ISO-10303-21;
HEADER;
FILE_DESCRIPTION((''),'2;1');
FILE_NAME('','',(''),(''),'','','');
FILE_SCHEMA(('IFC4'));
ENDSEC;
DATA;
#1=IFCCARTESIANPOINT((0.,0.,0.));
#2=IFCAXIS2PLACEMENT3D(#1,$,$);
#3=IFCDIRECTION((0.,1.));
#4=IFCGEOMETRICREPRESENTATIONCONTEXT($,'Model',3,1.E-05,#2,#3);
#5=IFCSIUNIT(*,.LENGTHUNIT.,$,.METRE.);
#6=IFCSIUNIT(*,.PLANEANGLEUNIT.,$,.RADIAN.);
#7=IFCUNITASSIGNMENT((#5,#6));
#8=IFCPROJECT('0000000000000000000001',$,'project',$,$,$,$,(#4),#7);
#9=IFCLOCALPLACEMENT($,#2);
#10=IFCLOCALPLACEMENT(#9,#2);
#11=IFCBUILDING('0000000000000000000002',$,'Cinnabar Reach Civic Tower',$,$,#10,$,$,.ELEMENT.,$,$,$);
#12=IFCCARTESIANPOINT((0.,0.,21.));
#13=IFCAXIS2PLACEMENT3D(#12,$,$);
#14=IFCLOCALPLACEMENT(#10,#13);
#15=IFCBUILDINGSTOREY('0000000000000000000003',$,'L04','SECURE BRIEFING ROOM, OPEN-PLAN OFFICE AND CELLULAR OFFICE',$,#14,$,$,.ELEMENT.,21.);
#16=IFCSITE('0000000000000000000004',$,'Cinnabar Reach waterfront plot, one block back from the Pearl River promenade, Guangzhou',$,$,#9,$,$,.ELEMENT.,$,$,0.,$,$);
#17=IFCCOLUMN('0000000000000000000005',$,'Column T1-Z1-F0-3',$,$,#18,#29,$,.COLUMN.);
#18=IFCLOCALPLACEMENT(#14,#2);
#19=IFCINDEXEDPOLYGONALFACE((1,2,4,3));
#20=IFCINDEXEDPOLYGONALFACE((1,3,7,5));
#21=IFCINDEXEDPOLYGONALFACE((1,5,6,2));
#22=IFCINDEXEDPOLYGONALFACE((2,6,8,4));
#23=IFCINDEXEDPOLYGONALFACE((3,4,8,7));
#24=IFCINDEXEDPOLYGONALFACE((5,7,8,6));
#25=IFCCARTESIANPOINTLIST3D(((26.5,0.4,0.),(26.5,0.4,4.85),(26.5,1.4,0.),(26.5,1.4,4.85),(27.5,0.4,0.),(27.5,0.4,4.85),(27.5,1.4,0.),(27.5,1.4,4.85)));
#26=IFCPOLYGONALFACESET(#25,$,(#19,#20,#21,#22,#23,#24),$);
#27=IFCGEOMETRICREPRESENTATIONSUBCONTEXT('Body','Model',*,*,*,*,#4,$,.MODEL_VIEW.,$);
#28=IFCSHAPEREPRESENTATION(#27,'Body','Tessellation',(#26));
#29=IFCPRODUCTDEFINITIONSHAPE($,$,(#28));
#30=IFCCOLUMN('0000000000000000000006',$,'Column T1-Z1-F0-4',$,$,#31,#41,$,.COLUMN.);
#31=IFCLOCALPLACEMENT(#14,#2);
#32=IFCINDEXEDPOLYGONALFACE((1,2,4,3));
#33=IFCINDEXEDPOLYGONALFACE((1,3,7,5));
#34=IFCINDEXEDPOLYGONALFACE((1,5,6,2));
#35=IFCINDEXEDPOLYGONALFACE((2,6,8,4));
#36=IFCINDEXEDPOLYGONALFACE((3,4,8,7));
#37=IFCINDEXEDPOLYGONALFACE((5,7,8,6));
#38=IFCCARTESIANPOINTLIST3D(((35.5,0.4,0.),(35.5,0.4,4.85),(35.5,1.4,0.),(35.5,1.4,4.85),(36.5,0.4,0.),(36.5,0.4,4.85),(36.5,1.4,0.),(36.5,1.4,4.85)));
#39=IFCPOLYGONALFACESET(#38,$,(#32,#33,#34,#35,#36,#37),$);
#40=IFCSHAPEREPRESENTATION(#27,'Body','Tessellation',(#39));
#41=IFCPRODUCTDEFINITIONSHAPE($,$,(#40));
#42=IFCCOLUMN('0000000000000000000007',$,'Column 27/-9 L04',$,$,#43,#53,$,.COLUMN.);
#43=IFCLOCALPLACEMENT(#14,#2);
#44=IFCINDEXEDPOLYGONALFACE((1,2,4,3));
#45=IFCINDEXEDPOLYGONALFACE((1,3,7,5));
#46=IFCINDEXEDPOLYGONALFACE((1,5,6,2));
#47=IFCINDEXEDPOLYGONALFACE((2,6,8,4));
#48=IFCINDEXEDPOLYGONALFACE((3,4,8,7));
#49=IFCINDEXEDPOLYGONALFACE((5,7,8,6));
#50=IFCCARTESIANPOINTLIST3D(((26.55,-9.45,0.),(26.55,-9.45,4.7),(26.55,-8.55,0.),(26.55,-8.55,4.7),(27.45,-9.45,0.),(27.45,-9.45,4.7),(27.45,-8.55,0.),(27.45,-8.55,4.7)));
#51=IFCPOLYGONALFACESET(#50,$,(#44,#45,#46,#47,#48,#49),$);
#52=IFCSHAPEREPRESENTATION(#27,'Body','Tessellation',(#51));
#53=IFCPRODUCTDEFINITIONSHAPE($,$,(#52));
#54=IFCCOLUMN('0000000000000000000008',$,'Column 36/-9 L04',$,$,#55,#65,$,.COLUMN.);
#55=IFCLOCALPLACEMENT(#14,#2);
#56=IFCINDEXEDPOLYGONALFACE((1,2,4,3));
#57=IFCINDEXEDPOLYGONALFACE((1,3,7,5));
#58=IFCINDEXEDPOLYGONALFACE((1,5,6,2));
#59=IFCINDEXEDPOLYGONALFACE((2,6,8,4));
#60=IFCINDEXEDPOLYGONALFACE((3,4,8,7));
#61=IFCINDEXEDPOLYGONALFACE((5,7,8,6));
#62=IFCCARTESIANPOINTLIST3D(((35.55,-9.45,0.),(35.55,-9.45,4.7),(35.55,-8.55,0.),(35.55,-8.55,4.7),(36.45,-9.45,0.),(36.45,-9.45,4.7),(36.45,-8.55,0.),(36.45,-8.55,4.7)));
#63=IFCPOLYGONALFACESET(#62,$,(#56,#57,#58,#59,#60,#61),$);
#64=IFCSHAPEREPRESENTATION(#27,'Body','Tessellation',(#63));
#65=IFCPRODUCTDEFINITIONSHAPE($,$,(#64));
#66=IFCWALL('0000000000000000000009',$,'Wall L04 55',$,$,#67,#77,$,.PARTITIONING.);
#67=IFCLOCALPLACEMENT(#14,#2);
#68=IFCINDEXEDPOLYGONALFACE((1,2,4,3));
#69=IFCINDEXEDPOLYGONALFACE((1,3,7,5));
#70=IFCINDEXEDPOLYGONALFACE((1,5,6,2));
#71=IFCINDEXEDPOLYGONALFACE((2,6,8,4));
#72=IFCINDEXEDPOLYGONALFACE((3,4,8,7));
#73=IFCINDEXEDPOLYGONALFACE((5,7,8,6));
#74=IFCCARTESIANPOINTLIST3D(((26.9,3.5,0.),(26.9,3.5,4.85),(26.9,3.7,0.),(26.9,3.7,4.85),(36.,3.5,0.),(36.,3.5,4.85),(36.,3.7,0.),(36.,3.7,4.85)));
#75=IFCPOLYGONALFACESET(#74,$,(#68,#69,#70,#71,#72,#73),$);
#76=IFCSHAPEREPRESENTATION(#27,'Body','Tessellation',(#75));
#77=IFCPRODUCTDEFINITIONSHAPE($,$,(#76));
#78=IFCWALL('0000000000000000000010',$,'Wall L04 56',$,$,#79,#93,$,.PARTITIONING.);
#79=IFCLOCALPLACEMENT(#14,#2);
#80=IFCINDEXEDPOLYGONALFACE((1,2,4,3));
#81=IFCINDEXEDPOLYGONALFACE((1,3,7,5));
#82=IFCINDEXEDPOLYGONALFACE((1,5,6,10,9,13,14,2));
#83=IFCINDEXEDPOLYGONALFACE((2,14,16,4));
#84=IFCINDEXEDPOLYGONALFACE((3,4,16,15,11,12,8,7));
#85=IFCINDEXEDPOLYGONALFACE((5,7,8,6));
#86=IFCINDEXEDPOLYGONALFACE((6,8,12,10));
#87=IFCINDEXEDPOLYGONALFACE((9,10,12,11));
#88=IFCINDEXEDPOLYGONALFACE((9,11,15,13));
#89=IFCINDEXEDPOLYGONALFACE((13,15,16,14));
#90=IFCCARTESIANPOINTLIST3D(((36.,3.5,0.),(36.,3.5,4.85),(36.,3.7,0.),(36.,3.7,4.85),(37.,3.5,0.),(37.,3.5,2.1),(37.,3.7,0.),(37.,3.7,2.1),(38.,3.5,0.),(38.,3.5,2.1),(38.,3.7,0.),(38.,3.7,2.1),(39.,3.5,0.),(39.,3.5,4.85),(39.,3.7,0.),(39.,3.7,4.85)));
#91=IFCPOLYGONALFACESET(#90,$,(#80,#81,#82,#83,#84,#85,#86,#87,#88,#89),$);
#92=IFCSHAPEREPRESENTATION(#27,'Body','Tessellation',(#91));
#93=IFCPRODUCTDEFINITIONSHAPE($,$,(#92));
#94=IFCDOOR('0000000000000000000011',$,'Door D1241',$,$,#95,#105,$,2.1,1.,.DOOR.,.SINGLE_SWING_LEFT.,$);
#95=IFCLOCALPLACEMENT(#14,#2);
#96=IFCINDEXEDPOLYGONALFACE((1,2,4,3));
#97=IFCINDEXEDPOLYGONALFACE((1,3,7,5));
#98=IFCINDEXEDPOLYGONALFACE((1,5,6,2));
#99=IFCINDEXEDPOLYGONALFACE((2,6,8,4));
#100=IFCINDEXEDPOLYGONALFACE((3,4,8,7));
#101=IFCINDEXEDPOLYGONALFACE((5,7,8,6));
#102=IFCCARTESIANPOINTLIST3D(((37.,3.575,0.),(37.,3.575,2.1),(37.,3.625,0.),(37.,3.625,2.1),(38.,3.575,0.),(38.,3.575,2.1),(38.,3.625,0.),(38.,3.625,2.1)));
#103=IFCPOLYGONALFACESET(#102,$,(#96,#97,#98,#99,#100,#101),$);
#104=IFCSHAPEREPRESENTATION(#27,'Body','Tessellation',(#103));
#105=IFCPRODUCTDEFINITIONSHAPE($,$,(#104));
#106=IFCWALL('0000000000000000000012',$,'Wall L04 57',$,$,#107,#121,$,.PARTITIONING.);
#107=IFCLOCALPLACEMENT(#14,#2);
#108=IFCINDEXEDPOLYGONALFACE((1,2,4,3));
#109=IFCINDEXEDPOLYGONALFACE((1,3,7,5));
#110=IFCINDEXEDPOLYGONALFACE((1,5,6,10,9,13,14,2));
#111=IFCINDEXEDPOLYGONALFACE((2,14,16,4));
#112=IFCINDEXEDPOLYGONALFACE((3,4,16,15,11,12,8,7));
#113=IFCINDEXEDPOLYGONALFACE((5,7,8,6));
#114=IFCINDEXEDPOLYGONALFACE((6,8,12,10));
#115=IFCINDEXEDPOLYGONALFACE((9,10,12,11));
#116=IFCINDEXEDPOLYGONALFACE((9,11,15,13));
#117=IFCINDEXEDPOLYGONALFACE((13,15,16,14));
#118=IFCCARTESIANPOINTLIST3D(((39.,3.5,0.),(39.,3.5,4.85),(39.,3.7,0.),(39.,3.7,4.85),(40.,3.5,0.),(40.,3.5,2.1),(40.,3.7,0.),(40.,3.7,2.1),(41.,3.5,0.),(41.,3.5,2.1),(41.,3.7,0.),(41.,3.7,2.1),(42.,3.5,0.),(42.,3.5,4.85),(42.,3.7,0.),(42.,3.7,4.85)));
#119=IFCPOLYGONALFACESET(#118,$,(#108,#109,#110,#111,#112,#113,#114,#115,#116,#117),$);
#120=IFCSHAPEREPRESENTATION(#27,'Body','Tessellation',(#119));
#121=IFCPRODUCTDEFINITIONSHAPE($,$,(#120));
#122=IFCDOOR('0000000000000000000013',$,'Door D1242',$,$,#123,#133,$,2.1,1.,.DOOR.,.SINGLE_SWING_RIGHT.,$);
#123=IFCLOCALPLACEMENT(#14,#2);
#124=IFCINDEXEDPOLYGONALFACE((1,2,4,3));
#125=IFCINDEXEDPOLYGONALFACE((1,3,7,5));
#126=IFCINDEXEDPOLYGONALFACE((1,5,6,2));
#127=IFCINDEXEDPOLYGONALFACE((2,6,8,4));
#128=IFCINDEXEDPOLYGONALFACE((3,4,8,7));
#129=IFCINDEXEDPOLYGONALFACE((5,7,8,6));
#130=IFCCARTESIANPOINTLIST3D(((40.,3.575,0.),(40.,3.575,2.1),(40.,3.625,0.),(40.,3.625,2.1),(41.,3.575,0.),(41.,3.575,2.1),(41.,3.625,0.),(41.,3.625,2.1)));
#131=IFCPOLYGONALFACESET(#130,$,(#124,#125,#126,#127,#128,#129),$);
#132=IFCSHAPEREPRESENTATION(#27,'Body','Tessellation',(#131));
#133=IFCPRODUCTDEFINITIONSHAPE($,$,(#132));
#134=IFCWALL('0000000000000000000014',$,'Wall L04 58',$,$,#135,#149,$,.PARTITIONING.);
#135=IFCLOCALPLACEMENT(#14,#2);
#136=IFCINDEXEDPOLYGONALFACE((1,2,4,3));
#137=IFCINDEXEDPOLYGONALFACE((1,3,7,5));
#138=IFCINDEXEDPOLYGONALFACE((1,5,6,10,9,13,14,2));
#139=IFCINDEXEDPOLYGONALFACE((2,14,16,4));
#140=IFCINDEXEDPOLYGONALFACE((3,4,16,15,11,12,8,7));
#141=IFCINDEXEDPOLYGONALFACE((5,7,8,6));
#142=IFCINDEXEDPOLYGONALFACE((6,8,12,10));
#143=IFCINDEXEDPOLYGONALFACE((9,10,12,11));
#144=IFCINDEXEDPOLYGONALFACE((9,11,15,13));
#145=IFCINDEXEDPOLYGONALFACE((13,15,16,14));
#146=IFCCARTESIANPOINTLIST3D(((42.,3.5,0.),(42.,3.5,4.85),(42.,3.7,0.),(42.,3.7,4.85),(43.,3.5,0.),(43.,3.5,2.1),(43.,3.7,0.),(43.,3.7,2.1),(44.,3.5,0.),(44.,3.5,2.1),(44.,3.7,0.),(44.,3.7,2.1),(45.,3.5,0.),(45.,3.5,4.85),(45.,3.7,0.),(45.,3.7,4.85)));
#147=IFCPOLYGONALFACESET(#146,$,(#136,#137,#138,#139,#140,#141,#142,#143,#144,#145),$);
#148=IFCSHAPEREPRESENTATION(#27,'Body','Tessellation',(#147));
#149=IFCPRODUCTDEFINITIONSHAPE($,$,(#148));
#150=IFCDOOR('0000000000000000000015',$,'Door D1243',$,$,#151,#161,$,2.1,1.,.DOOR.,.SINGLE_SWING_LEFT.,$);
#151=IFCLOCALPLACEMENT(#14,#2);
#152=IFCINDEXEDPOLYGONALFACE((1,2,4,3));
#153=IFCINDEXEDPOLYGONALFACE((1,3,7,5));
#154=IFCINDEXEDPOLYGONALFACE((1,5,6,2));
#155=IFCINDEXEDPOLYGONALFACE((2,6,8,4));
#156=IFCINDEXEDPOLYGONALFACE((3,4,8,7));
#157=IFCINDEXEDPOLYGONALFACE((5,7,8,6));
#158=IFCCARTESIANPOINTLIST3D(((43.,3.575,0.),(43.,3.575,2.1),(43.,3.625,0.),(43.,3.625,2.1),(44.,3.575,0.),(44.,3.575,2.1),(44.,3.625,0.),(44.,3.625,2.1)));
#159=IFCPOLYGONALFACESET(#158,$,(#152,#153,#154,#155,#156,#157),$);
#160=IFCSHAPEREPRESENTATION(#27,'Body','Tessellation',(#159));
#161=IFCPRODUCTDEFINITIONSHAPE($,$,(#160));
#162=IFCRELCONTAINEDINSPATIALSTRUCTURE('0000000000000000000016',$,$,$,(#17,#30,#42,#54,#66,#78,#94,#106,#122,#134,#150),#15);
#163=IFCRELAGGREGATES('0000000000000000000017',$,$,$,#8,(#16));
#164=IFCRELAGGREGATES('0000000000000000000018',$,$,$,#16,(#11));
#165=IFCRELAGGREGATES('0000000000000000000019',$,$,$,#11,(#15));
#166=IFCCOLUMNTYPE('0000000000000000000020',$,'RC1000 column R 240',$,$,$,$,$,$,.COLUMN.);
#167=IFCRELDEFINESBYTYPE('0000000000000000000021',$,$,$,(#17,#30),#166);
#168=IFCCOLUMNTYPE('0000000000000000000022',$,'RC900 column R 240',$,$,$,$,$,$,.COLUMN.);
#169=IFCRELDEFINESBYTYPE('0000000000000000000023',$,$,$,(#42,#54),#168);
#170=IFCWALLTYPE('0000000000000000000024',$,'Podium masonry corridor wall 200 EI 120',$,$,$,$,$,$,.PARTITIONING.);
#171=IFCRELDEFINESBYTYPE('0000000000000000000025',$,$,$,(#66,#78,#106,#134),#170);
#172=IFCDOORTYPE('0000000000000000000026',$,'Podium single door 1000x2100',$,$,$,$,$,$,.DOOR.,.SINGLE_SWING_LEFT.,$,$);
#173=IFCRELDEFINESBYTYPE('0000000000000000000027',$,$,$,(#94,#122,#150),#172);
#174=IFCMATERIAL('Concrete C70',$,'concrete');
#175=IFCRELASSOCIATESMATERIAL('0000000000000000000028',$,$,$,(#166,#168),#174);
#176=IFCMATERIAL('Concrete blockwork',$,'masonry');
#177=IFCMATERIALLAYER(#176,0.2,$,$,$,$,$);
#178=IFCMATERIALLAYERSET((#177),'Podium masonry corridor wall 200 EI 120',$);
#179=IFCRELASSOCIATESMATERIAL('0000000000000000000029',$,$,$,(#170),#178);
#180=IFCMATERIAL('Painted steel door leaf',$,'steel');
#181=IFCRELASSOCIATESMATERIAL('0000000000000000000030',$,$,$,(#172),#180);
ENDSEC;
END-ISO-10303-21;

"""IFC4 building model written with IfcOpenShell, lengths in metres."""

from ifc_helpers import new_model, si_unit, direction, frame, frame_2d, origin, origin_2d, place, context, subcontext, project, spatial, rectangle, extrude, material, layer, layer_set, material_profile, profile_set, type_object, element, fill, save


model = new_model("IFC4")

# Units and contexts
model_context = context("Model", 3, precision=1e-05, world=origin(), true_north=direction((0.0, 1.0)))
body_context = subcontext(model_context, "Body", "Model", "MODEL_VIEW")
ifc_project = project(units=[si_unit("LENGTHUNIT", "METRE"), si_unit("PLANEANGLEUNIT", "RADIAN")], contexts=[model_context])

# Site, building, storey
site_placement = place(None, origin())
site = spatial("IfcSite", under=ifc_project, at=site_placement, Name="Cinnabar Reach waterfront plot, one block back from the Pearl River promenade, Guangzhou", CompositionType="ELEMENT", RefElevation=0.0)
building_placement = place(site_placement, origin())
building = spatial("IfcBuilding", under=site, at=building_placement, Name="Cinnabar Reach Civic Tower", CompositionType="ELEMENT")
storey_placement = place(building_placement, frame((0.0, 0.0, 21.0)))
storey = spatial("IfcBuildingStorey", under=building, at=storey_placement, Name="L04", Description="SECURE BRIEFING ROOM, OPEN-PLAN OFFICE AND CELLULAR OFFICE", CompositionType="ELEMENT", Elevation=21.0)

# Columns
ifc_material_1 = material(Name="Concrete C70", Category="concrete")
ifc_material_profile_1 = material_profile(ifc_material_1, rectangle(XDim=1.0, YDim=1.0, at=origin_2d()), Name="RC1000")
ifc_profile_set_1 = profile_set([ifc_material_profile_1], Name="Concrete C70")
column_type_1 = type_object("IfcColumnType", Name="RC1000 column R 240", PredefinedType="COLUMN", material=ifc_profile_set_1)
for number, where, z_axis, x_axis, name in (
    (1, (27.0, 0.9, 0.0), (0.0, 0.0, 1.0), (1.0, 0.0, 0.0), "Column T1-Z1-F0-3"),
    (2, (36.0, 0.9, 0.0), (0.0, 0.0, 1.0), (1.0, 0.0, 0.0), "Column T1-Z1-F0-4"),
):
    element("IfcColumn", number, at=place(storey_placement, frame(where, z_axis=z_axis, x_axis=x_axis)), inside=storey, type_object=column_type_1, Name=name, PredefinedType="COLUMN", context=body_context, shape_type="SweptSolid", body=[
        extrude(rectangle(XDim=1.0, YDim=1.0, at=origin_2d()), origin(), (0.0, 0.0, 1.0), 4.85),
    ])
ifc_material_profile_2 = material_profile(ifc_material_1, rectangle(XDim=0.9, YDim=0.9, at=origin_2d()), Name="RC900")
ifc_profile_set_2 = profile_set([ifc_material_profile_2], Name="Concrete C70")
column_type_2 = type_object("IfcColumnType", Name="RC900 column R 240", PredefinedType="COLUMN", material=ifc_profile_set_2)
for number, where, z_axis, x_axis, name in (
    (3, (27.0, -9.0, 0.0), (0.0, 0.0, 1.0), (1.0, 0.0, 0.0), "Column 27/-9 L04"),
    (4, (36.0, -9.0, 0.0), (0.0, 0.0, 1.0), (1.0, 0.0, 0.0), "Column 36/-9 L04"),
):
    element("IfcColumn", number, at=place(storey_placement, frame(where, z_axis=z_axis, x_axis=x_axis)), inside=storey, type_object=column_type_2, Name=name, PredefinedType="COLUMN", context=body_context, shape_type="SweptSolid", body=[
        extrude(rectangle(XDim=0.9, YDim=0.9, at=origin_2d()), origin(), (0.0, 0.0, 1.0), 4.7),
    ])

# Wall
ifc_material_2 = material(Name="Concrete blockwork", Category="masonry")
ifc_layer_1 = layer(ifc_material_2, 0.2)
ifc_layer_set_1 = layer_set([ifc_layer_1], Name="Podium masonry corridor wall 200 EI 120")
wall_type_1 = type_object("IfcWallType", Name="Podium masonry corridor wall 200 EI 120", PredefinedType="PARTITIONING", material=ifc_layer_set_1)
wall_1_placement = place(storey_placement, frame((26.9, 3.6, 0.0), z_axis=(0.0, 0.0, 1.0), x_axis=(1.0, 0.0, 0.0)))
element("IfcWall", 5, at=wall_1_placement, inside=storey, type_object=wall_type_1, Name="Wall L04 55", PredefinedType="PARTITIONING", context=body_context, shape_type="SweptSolid", body=[
    extrude(rectangle(XDim=9.1, YDim=0.2, at=frame_2d((4.55, 0.0))), origin(), (0.0, 0.0, 1.0), 4.85),
])

# Walls, openings, doors
wall_2_placement = place(storey_placement, frame((36.0, 3.6, 0.0), z_axis=(0.0, 0.0, 1.0), x_axis=(1.0, 0.0, 0.0)))
wall_2 = element("IfcWall", 6, at=wall_2_placement, inside=storey, type_object=wall_type_1, Name="Wall L04 56", PredefinedType="PARTITIONING", context=body_context, shape_type="SweptSolid", body=[
    extrude(rectangle(XDim=3.0, YDim=0.2, at=frame_2d((1.5, 0.0))), origin(), (0.0, 0.0, 1.0), 4.85),
])
opening_1_placement = place(wall_2_placement, frame((1.0, 0.0, 0.0)))
opening_1 = element("IfcOpeningElement", 7, at=opening_1_placement, cuts=wall_2, PredefinedType="OPENING", context=body_context, shape_type="SweptSolid", body=[
    extrude(rectangle(XDim=1.0, YDim=2.1, at=frame_2d((0.5, 1.05))), frame((0.0, 0.11, 0.0), z_axis=(0.0, -1.0, 0.0), x_axis=(1.0, 0.0, 0.0)), (0.0, 0.0, 1.0), 0.22),
])
ifc_material_3 = material(Name="Painted steel door leaf", Category="steel")
door_type = type_object("IfcDoorType", Name="Podium single door 1000x2100", OperationType="SINGLE_SWING_LEFT", PredefinedType="DOOR", material=ifc_material_3)
door_1_placement = place(opening_1_placement, origin())
door_1 = element("IfcDoor", 8, at=door_1_placement, inside=storey, type_object=door_type, Name="Door D1241", OperationType="SINGLE_SWING_LEFT", OverallHeight=2.1, OverallWidth=1.0, PredefinedType="DOOR", context=body_context, shape_type="SweptSolid", body=[
    extrude(rectangle(XDim=1.0, YDim=2.1, at=frame_2d((0.5, 1.05))), frame((0.0, 0.025, 0.0), z_axis=(0.0, -1.0, 0.0), x_axis=(1.0, 0.0, 0.0)), (0.0, 0.0, 1.0), 0.05),
])
fill(opening_1, door_1)
wall_3_placement = place(storey_placement, frame((39.0, 3.6, 0.0), z_axis=(0.0, 0.0, 1.0), x_axis=(1.0, 0.0, 0.0)))
wall_3 = element("IfcWall", 9, at=wall_3_placement, inside=storey, type_object=wall_type_1, Name="Wall L04 57", PredefinedType="PARTITIONING", context=body_context, shape_type="SweptSolid", body=[
    extrude(rectangle(XDim=3.0, YDim=0.2, at=frame_2d((1.5, 0.0))), origin(), (0.0, 0.0, 1.0), 4.85),
])
opening_2_placement = place(wall_3_placement, frame((1.0, 0.0, 0.0)))
opening_2 = element("IfcOpeningElement", 10, at=opening_2_placement, cuts=wall_3, PredefinedType="OPENING", context=body_context, shape_type="SweptSolid", body=[
    extrude(rectangle(XDim=1.0, YDim=2.1, at=frame_2d((0.5, 1.05))), frame((0.0, 0.11, 0.0), z_axis=(0.0, -1.0, 0.0), x_axis=(1.0, 0.0, 0.0)), (0.0, 0.0, 1.0), 0.22),
])
door_2_placement = place(opening_2_placement, origin())
door_2 = element("IfcDoor", 11, at=door_2_placement, inside=storey, type_object=door_type, Name="Door D1242", OperationType="SINGLE_SWING_RIGHT", OverallHeight=2.1, OverallWidth=1.0, PredefinedType="DOOR", context=body_context, shape_type="SweptSolid", body=[
    extrude(rectangle(XDim=1.0, YDim=2.1, at=frame_2d((0.5, 1.05))), frame((0.0, 0.025, 0.0), z_axis=(0.0, -1.0, 0.0), x_axis=(1.0, 0.0, 0.0)), (0.0, 0.0, 1.0), 0.05),
])
fill(opening_2, door_2)
wall_4_placement = place(storey_placement, frame((42.0, 3.6, 0.0), z_axis=(0.0, 0.0, 1.0), x_axis=(1.0, 0.0, 0.0)))
wall_4 = element("IfcWall", 12, at=wall_4_placement, inside=storey, type_object=wall_type_1, Name="Wall L04 58", PredefinedType="PARTITIONING", context=body_context, shape_type="SweptSolid", body=[
    extrude(rectangle(XDim=3.0, YDim=0.2, at=frame_2d((1.5, 0.0))), origin(), (0.0, 0.0, 1.0), 4.85),
])
opening_3_placement = place(wall_4_placement, frame((1.0, 0.0, 0.0)))
opening_3 = element("IfcOpeningElement", 13, at=opening_3_placement, cuts=wall_4, PredefinedType="OPENING", context=body_context, shape_type="SweptSolid", body=[
    extrude(rectangle(XDim=1.0, YDim=2.1, at=frame_2d((0.5, 1.05))), frame((0.0, 0.11, 0.0), z_axis=(0.0, -1.0, 0.0), x_axis=(1.0, 0.0, 0.0)), (0.0, 0.0, 1.0), 0.22),
])
door_3_placement = place(opening_3_placement, origin())
door_3 = element("IfcDoor", 14, at=door_3_placement, inside=storey, type_object=door_type, Name="Door D1243", OperationType="SINGLE_SWING_LEFT", OverallHeight=2.1, OverallWidth=1.0, PredefinedType="DOOR", context=body_context, shape_type="SweptSolid", body=[
    extrude(rectangle(XDim=1.0, YDim=2.1, at=frame_2d((0.5, 1.05))), frame((0.0, 0.025, 0.0), z_axis=(0.0, -1.0, 0.0), x_axis=(1.0, 0.0, 0.0)), (0.0, 0.0, 1.0), 0.05),
])
fill(opening_3, door_3)

save(model, "model.ifc")
